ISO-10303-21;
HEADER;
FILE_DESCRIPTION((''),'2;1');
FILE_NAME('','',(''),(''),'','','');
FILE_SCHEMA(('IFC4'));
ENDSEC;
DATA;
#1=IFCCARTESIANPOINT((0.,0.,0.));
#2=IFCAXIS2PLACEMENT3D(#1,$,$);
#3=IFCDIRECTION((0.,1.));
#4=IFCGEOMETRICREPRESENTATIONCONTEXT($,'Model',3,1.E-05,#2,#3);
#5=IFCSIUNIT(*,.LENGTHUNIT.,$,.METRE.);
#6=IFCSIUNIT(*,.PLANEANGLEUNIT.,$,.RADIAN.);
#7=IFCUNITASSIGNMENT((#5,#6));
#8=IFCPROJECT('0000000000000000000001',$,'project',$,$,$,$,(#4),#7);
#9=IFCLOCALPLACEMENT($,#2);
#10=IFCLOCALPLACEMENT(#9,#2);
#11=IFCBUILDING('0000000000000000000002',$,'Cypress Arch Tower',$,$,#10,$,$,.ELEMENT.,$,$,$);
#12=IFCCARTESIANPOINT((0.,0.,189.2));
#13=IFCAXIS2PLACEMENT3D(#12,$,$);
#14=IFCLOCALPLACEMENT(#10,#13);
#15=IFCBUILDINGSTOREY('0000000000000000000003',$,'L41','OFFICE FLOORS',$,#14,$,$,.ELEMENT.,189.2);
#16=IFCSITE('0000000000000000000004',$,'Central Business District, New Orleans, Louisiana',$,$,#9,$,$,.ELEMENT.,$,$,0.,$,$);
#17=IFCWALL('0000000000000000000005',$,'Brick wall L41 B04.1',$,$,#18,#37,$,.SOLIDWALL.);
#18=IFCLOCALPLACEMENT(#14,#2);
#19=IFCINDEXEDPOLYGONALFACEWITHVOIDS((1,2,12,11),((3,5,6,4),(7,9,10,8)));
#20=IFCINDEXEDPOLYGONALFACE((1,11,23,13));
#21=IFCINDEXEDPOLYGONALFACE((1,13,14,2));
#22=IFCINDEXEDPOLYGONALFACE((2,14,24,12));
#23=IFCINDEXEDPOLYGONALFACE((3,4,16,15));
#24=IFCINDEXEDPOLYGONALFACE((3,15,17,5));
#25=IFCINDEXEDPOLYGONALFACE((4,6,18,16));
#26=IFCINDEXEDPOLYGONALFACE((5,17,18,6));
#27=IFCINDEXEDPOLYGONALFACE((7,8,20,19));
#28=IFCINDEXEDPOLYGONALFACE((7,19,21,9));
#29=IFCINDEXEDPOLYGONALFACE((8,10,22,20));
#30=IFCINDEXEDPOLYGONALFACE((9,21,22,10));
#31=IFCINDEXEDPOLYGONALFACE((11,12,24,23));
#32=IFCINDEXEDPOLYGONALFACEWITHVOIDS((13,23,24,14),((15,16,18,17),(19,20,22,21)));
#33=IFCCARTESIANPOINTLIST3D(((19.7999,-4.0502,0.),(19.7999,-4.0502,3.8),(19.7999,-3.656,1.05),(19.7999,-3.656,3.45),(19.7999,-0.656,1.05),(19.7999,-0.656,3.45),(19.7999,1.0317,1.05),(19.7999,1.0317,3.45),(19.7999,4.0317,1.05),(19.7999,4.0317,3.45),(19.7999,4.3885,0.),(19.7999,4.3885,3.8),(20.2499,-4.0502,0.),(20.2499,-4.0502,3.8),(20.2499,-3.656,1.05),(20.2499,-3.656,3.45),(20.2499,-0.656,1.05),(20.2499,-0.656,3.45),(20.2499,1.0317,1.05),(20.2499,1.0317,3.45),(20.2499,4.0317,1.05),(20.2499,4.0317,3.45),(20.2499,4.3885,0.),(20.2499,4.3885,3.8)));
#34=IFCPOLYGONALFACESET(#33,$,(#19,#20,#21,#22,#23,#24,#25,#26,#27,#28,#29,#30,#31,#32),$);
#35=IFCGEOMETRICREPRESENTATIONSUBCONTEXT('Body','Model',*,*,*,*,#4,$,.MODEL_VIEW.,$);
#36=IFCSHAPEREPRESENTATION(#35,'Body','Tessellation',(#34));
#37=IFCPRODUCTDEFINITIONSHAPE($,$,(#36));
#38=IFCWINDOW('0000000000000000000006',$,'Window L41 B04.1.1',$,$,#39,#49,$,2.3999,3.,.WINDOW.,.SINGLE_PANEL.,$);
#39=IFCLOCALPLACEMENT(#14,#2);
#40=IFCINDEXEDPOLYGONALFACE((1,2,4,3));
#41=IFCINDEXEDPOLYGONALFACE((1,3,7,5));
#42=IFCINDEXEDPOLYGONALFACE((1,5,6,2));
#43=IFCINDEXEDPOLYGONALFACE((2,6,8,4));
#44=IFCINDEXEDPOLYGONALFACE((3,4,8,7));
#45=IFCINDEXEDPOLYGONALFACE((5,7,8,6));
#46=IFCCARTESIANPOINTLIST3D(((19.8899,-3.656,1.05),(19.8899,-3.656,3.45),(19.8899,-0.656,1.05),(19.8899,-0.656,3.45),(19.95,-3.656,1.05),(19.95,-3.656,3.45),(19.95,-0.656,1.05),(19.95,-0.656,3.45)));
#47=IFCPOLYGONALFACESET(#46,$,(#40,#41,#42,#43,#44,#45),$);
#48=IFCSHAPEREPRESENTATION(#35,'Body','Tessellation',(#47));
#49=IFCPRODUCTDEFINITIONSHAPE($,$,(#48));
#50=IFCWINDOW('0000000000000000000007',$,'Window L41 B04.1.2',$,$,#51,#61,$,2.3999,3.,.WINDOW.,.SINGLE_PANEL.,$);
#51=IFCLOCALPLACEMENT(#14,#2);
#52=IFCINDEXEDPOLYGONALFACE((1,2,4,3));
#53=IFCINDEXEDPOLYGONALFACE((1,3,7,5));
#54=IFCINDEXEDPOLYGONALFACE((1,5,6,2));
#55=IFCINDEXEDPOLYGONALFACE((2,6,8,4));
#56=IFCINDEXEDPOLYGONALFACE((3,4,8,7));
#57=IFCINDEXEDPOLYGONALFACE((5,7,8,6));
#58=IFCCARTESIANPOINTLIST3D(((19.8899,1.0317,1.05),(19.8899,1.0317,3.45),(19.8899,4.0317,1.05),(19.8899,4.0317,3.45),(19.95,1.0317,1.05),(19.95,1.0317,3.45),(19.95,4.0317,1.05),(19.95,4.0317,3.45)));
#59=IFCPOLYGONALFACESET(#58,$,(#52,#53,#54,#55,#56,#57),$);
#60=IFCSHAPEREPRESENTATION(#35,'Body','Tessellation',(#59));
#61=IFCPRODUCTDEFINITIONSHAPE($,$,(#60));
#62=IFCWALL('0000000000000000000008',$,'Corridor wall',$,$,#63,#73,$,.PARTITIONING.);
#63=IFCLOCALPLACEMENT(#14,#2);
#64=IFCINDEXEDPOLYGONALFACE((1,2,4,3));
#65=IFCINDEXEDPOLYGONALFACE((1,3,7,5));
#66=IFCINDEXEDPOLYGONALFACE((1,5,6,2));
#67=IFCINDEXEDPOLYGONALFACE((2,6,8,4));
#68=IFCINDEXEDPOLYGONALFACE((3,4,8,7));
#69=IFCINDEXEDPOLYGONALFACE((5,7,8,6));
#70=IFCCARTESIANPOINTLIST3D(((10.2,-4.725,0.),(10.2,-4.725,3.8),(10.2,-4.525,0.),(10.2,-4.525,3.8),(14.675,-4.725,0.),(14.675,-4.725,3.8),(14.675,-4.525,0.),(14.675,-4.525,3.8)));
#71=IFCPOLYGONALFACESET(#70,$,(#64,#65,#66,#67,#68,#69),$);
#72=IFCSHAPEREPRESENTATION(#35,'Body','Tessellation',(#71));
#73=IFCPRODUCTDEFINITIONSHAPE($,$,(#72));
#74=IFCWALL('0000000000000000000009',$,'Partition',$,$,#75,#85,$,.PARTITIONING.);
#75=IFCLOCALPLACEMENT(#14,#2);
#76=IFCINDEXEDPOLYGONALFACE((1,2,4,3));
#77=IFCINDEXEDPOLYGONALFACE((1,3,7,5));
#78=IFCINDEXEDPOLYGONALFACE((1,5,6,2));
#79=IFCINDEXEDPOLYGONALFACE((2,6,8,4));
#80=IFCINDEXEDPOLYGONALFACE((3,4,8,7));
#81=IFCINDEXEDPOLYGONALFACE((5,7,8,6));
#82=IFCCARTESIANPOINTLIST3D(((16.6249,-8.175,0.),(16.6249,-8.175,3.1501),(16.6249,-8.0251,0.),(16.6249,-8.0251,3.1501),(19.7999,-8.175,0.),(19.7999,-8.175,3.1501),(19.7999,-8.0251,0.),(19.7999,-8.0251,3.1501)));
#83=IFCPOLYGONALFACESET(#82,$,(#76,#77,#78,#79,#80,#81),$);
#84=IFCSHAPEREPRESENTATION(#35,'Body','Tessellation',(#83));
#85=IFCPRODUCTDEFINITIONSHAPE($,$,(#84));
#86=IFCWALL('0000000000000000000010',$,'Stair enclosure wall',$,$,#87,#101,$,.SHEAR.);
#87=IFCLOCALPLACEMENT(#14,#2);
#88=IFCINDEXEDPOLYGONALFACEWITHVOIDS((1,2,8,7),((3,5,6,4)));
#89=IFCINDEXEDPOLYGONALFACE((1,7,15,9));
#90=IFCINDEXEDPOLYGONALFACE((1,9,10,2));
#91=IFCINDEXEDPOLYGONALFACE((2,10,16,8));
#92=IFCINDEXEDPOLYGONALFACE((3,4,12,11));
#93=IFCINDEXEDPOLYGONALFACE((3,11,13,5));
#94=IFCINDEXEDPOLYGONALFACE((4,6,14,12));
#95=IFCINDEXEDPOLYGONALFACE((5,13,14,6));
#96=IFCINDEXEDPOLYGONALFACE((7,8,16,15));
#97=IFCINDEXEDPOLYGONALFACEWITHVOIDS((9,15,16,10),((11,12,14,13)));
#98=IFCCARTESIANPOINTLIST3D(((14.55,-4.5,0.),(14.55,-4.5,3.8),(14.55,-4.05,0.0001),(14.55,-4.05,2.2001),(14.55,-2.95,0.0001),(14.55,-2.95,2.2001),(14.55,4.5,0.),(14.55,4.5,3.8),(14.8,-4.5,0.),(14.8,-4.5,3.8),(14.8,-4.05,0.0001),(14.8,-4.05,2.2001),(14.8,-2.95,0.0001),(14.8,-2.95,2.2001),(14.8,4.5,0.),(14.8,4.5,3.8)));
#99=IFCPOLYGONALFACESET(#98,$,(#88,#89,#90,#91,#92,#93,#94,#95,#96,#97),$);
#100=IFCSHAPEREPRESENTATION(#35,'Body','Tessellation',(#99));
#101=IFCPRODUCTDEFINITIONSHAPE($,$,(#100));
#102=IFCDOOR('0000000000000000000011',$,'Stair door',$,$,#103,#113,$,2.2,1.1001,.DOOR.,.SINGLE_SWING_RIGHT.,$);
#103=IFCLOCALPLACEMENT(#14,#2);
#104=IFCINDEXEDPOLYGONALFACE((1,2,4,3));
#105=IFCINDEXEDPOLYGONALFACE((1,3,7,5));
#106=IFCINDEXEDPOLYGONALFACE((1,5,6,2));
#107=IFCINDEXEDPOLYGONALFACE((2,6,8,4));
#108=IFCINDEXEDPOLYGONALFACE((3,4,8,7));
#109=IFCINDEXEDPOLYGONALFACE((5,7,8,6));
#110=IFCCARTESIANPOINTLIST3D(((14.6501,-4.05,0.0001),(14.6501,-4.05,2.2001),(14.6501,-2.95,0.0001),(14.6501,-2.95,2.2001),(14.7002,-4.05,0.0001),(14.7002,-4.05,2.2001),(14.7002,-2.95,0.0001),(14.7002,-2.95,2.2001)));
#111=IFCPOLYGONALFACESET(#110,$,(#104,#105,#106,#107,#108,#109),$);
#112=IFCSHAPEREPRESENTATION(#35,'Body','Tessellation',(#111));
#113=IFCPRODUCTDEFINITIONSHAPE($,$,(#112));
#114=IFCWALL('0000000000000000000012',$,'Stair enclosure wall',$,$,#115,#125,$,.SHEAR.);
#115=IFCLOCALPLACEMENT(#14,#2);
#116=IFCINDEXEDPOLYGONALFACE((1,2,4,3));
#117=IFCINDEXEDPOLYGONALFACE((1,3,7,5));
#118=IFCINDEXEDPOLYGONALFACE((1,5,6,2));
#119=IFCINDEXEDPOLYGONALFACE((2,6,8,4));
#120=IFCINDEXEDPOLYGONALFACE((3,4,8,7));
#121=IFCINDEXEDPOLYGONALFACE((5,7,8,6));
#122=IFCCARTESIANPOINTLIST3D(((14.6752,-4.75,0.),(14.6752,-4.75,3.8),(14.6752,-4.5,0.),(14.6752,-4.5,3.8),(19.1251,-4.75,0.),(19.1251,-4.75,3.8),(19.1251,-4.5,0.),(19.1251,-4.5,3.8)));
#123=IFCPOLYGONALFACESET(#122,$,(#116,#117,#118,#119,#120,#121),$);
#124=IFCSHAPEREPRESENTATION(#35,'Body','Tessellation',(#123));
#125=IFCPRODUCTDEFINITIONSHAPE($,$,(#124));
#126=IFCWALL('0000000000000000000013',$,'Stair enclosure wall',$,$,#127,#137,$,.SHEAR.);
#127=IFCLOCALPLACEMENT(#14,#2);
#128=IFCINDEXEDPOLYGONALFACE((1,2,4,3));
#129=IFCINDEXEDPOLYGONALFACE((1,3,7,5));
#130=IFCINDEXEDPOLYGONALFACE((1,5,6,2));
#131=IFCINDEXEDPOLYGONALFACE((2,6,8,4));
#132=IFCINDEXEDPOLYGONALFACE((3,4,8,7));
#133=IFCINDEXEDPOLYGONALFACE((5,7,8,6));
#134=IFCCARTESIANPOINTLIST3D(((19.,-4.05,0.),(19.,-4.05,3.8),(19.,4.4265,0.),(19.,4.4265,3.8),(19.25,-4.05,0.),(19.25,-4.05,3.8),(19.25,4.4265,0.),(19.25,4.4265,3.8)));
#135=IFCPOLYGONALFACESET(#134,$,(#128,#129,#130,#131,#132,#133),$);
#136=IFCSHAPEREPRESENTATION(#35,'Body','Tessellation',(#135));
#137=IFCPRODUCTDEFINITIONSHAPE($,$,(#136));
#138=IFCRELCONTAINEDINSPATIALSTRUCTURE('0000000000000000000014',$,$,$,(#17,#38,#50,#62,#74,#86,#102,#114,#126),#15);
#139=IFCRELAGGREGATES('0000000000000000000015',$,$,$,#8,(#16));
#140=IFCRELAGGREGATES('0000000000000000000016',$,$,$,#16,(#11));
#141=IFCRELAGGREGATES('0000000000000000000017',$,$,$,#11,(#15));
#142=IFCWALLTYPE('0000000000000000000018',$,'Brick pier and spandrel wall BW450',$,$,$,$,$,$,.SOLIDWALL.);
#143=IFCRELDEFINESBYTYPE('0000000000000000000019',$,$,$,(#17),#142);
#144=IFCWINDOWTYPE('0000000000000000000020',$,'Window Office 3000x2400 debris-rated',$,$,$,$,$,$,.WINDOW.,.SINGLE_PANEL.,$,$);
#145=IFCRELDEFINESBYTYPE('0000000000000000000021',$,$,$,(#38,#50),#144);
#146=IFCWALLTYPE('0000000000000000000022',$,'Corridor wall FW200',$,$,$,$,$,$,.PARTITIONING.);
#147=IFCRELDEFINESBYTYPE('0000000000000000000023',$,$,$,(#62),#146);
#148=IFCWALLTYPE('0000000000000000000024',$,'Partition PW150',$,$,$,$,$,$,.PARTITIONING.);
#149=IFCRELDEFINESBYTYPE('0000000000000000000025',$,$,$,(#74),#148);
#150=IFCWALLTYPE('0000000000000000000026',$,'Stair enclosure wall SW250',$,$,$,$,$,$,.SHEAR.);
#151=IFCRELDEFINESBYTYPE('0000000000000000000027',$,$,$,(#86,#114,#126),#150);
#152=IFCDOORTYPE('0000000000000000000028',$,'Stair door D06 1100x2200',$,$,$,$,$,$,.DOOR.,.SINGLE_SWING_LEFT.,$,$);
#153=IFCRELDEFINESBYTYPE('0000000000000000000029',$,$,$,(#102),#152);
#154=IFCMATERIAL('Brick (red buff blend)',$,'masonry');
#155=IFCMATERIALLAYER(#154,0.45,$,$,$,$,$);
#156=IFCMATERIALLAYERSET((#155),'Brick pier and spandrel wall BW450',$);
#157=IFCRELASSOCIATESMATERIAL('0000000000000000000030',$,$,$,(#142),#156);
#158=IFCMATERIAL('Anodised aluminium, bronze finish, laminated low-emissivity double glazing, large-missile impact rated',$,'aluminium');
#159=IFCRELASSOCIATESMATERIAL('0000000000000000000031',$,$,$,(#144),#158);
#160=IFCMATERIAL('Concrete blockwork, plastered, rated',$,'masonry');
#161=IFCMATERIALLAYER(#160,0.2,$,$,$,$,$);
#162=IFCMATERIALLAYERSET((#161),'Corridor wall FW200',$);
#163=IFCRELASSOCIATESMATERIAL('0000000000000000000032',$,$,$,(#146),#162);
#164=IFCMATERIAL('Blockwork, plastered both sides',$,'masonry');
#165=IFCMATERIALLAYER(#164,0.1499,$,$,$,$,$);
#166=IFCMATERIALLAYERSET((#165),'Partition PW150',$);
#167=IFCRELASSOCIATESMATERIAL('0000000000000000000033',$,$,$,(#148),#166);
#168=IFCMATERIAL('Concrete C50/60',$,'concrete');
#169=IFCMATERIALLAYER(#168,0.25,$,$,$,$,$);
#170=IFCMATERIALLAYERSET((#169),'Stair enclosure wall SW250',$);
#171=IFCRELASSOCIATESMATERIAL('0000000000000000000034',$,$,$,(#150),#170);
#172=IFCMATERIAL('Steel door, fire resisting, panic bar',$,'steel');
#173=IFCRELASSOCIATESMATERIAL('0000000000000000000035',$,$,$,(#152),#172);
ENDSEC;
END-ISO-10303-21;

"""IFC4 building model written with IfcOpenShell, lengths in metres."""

from ifc_helpers import new_model, si_unit, direction, frame, frame_2d, origin, place, context, subcontext, project, spatial, rectangle, extrude, material, layer, layer_set, type_object, element, fill, save


model = new_model("IFC4")

# Units and contexts
model_context = context("Model", 3, precision=1e-05, world=origin(), true_north=direction((0.0, 1.0)))
body_context = subcontext(model_context, "Body", "Model", "MODEL_VIEW")
ifc_project = project(units=[si_unit("LENGTHUNIT", "METRE"), si_unit("PLANEANGLEUNIT", "RADIAN")], contexts=[model_context])

# Site, building, storey
site_placement = place(None, origin())
site = spatial("IfcSite", under=ifc_project, at=site_placement, Name="Central Business District, New Orleans, Louisiana", CompositionType="ELEMENT", RefElevation=0.0)
building_placement = place(site_placement, origin())
building = spatial("IfcBuilding", under=site, at=building_placement, Name="Cypress Arch Tower", CompositionType="ELEMENT")
storey_placement = place(building_placement, frame((0.0, 0.0, 189.2)))
storey = spatial("IfcBuildingStorey", under=building, at=storey_placement, Name="L41", Description="OFFICE FLOORS", CompositionType="ELEMENT", Elevation=189.2)

# Wall, openings, windows
ifc_material_1 = material(Name="Brick (red buff blend)", Category="masonry")
ifc_layer_1 = layer(ifc_material_1, 0.45)
ifc_layer_set_1 = layer_set([ifc_layer_1], Name="Brick pier and spandrel wall BW450")
wall_type_1 = type_object("IfcWallType", Name="Brick pier and spandrel wall BW450", PredefinedType="SOLIDWALL", material=ifc_layer_set_1)
wall_1_placement = place(storey_placement, frame((20.0249, -4.05, 0.0), z_axis=(0.0, 0.0, 1.0), x_axis=(0.0, 1.0, 0.0)))
wall_1 = element("IfcWall", 1, at=wall_1_placement, inside=storey, type_object=wall_type_1, Name="Brick wall L41 B04.1", PredefinedType="SOLIDWALL", context=body_context, shape_type="SweptSolid", body=[
    extrude(rectangle(XDim=8.4387, YDim=0.45, at=frame_2d((4.2192, 0.0))), origin(), (0.0, 0.0, 1.0), 3.8),
])
opening_1_placement = place(wall_1_placement, frame((0.394, 0.0, 1.05)))
opening_1 = element("IfcOpeningElement", 2, at=opening_1_placement, cuts=wall_1, PredefinedType="OPENING", context=body_context, shape_type="SweptSolid", body=[
    extrude(rectangle(XDim=3.0, YDim=2.3999, at=frame_2d((1.5, 1.2))), frame((0.0, 0.2349, 0.0), z_axis=(0.0, -1.0, 0.0), x_axis=(1.0, 0.0, 0.0)), (0.0, 0.0, 1.0), 0.47),
])
opening_2_placement = place(wall_1_placement, frame((5.0818, 0.0, 1.05)))
opening_2 = element("IfcOpeningElement", 3, at=opening_2_placement, cuts=wall_1, PredefinedType="OPENING", context=body_context, shape_type="SweptSolid", body=[
    extrude(rectangle(XDim=3.0, YDim=2.3999, at=frame_2d((1.5, 1.2))), frame((0.0, 0.2349, 0.0), z_axis=(0.0, -1.0, 0.0), x_axis=(1.0, 0.0, 0.0)), (0.0, 0.0, 1.0), 0.47),
])
ifc_material_2 = material(Name="Anodised aluminium, bronze finish, laminated low-emissivity double glazing, large-missile impact rated", Category="aluminium")
window_type = type_object("IfcWindowType", Name="Window Office 3000x2400 debris-rated", PartitioningType="SINGLE_PANEL", PredefinedType="WINDOW", material=ifc_material_2)
window_1_placement = place(opening_1_placement, origin())
window_1 = element("IfcWindow", 4, at=window_1_placement, inside=storey, type_object=window_type, Name="Window L41 B04.1.1", OverallHeight=2.3999, OverallWidth=3.0, PartitioningType="SINGLE_PANEL", PredefinedType="WINDOW", context=body_context, shape_type="SweptSolid", body=[
    extrude(rectangle(XDim=3.0, YDim=2.3999, at=frame_2d((1.5, 1.2))), frame((0.0, 0.135, 0.0), z_axis=(0.0, -1.0, 0.0), x_axis=(1.0, 0.0, 0.0)), (0.0, 0.0, 1.0), 0.0601),
])
fill(opening_1, window_1)
window_2_placement = place(opening_2_placement, origin())
window_2 = element("IfcWindow", 5, at=window_2_placement, inside=storey, type_object=window_type, Name="Window L41 B04.1.2", OverallHeight=2.3999, OverallWidth=3.0, PartitioningType="SINGLE_PANEL", PredefinedType="WINDOW", context=body_context, shape_type="SweptSolid", body=[
    extrude(rectangle(XDim=3.0, YDim=2.3999, at=frame_2d((1.5, 1.2))), frame((0.0, 0.135, 0.0), z_axis=(0.0, -1.0, 0.0), x_axis=(1.0, 0.0, 0.0)), (0.0, 0.0, 1.0), 0.0601),
])
fill(opening_2, window_2)

# Walls
ifc_material_3 = material(Name="Concrete blockwork, plastered, rated", Category="masonry")
ifc_layer_2 = layer(ifc_material_3, 0.2)
ifc_layer_set_2 = layer_set([ifc_layer_2], Name="Corridor wall FW200")
wall_type_2 = type_object("IfcWallType", Name="Corridor wall FW200", PredefinedType="PARTITIONING", material=ifc_layer_set_2)
wall_2_placement = place(storey_placement, frame((10.2, -4.625, 0.0), z_axis=(0.0, 0.0, 1.0), x_axis=(1.0, 0.0, 0.0)))
element("IfcWall", 6, at=wall_2_placement, inside=storey, type_object=wall_type_2, Name="Corridor wall", PredefinedType="PARTITIONING", context=body_context, shape_type="SweptSolid", body=[
    extrude(rectangle(XDim=4.4751, YDim=0.2, at=frame_2d((2.2375, 0.0))), origin(), (0.0, 0.0, 1.0), 3.8),
])
ifc_material_4 = material(Name="Blockwork, plastered both sides", Category="masonry")
ifc_layer_3 = layer(ifc_material_4, 0.1499)
ifc_layer_set_3 = layer_set([ifc_layer_3], Name="Partition PW150")
wall_type_3 = type_object("IfcWallType", Name="Partition PW150", PredefinedType="PARTITIONING", material=ifc_layer_set_3)
wall_3_placement = place(storey_placement, frame((16.625, -8.1001, 0.0), z_axis=(0.0, 0.0, 1.0), x_axis=(1.0, 0.0, 0.0)))
element("IfcWall", 7, at=wall_3_placement, inside=storey, type_object=wall_type_3, Name="Partition", PredefinedType="PARTITIONING", context=body_context, shape_type="SweptSolid", body=[
    extrude(rectangle(XDim=3.175, YDim=0.1499, at=frame_2d((1.5874, 0.0))), origin(), (0.0, 0.0, 1.0), 3.1501),
])

# Wall, opening, door
ifc_material_5 = material(Name="Concrete C50/60", Category="concrete")
ifc_layer_4 = layer(ifc_material_5, 0.25)
ifc_layer_set_4 = layer_set([ifc_layer_4], Name="Stair enclosure wall SW250")
wall_type_4 = type_object("IfcWallType", Name="Stair enclosure wall SW250", PredefinedType="SHEAR", material=ifc_layer_set_4)
wall_4_placement = place(storey_placement, frame((14.675, -4.5, 0.0), z_axis=(0.0, 0.0, 1.0), x_axis=(0.0, 1.0, 0.0)))
wall_4 = element("IfcWall", 8, at=wall_4_placement, inside=storey, type_object=wall_type_4, Name="Stair enclosure wall", PredefinedType="SHEAR", context=body_context, shape_type="SweptSolid", body=[
    extrude(rectangle(XDim=9.0, YDim=0.25, at=frame_2d((4.5, 0.0))), origin(), (0.0, 0.0, 1.0), 3.8),
])
opening_3_placement = place(wall_4_placement, frame((0.45, 0.0, 0.0)))
opening_3 = element("IfcOpeningElement", 9, at=opening_3_placement, cuts=wall_4, PredefinedType="OPENING", context=body_context, shape_type="SweptSolid", body=[
    extrude(rectangle(XDim=1.1001, YDim=2.2, at=frame_2d((0.55, 1.1001))), frame((0.0, 0.135, 0.0), z_axis=(0.0, -1.0, 0.0), x_axis=(1.0, 0.0, 0.0)), (0.0, 0.0, 1.0), 0.27),
])
ifc_material_6 = material(Name="Steel door, fire resisting, panic bar", Category="steel")
door_type = type_object("IfcDoorType", Name="Stair door D06 1100x2200", OperationType="SINGLE_SWING_LEFT", PredefinedType="DOOR", material=ifc_material_6)
door_placement = place(opening_3_placement, origin())
door = element("IfcDoor", 10, at=door_placement, inside=storey, type_object=door_type, Name="Stair door", OperationType="SINGLE_SWING_RIGHT", OverallHeight=2.2, OverallWidth=1.1001, PredefinedType="DOOR", context=body_context, shape_type="SweptSolid", body=[
    extrude(rectangle(XDim=1.1001, YDim=2.2, at=frame_2d((0.55, 1.1001))), frame((0.0, 0.0249, 0.0), z_axis=(0.0, -1.0, 0.0), x_axis=(1.0, 0.0, 0.0)), (0.0, 0.0, 1.0), 0.05),
])
fill(opening_3, door)

# Walls
wall_5_placement = place(storey_placement, frame((14.675, -4.625, 0.0), z_axis=(0.0, 0.0, 1.0), x_axis=(1.0, 0.0, 0.0)))
element("IfcWall", 11, at=wall_5_placement, inside=storey, type_object=wall_type_4, Name="Stair enclosure wall", PredefinedType="SHEAR", context=body_context, shape_type="SweptSolid", body=[
    extrude(rectangle(XDim=4.45, YDim=0.25, at=frame_2d((2.2251, 0.0))), origin(), (0.0, 0.0, 1.0), 3.8),
])
wall_6_placement = place(storey_placement, frame((19.125, -4.05, 0.0), z_axis=(0.0, 0.0, 1.0), x_axis=(0.0, 1.0, 0.0)))
element("IfcWall", 12, at=wall_6_placement, inside=storey, type_object=wall_type_4, Name="Stair enclosure wall", PredefinedType="SHEAR", context=body_context, shape_type="SweptSolid", body=[
    extrude(rectangle(XDim=8.4766, YDim=0.25, at=frame_2d((4.2383, 0.0))), origin(), (0.0, 0.0, 1.0), 3.8),
])

save(model, "model.ifc")
